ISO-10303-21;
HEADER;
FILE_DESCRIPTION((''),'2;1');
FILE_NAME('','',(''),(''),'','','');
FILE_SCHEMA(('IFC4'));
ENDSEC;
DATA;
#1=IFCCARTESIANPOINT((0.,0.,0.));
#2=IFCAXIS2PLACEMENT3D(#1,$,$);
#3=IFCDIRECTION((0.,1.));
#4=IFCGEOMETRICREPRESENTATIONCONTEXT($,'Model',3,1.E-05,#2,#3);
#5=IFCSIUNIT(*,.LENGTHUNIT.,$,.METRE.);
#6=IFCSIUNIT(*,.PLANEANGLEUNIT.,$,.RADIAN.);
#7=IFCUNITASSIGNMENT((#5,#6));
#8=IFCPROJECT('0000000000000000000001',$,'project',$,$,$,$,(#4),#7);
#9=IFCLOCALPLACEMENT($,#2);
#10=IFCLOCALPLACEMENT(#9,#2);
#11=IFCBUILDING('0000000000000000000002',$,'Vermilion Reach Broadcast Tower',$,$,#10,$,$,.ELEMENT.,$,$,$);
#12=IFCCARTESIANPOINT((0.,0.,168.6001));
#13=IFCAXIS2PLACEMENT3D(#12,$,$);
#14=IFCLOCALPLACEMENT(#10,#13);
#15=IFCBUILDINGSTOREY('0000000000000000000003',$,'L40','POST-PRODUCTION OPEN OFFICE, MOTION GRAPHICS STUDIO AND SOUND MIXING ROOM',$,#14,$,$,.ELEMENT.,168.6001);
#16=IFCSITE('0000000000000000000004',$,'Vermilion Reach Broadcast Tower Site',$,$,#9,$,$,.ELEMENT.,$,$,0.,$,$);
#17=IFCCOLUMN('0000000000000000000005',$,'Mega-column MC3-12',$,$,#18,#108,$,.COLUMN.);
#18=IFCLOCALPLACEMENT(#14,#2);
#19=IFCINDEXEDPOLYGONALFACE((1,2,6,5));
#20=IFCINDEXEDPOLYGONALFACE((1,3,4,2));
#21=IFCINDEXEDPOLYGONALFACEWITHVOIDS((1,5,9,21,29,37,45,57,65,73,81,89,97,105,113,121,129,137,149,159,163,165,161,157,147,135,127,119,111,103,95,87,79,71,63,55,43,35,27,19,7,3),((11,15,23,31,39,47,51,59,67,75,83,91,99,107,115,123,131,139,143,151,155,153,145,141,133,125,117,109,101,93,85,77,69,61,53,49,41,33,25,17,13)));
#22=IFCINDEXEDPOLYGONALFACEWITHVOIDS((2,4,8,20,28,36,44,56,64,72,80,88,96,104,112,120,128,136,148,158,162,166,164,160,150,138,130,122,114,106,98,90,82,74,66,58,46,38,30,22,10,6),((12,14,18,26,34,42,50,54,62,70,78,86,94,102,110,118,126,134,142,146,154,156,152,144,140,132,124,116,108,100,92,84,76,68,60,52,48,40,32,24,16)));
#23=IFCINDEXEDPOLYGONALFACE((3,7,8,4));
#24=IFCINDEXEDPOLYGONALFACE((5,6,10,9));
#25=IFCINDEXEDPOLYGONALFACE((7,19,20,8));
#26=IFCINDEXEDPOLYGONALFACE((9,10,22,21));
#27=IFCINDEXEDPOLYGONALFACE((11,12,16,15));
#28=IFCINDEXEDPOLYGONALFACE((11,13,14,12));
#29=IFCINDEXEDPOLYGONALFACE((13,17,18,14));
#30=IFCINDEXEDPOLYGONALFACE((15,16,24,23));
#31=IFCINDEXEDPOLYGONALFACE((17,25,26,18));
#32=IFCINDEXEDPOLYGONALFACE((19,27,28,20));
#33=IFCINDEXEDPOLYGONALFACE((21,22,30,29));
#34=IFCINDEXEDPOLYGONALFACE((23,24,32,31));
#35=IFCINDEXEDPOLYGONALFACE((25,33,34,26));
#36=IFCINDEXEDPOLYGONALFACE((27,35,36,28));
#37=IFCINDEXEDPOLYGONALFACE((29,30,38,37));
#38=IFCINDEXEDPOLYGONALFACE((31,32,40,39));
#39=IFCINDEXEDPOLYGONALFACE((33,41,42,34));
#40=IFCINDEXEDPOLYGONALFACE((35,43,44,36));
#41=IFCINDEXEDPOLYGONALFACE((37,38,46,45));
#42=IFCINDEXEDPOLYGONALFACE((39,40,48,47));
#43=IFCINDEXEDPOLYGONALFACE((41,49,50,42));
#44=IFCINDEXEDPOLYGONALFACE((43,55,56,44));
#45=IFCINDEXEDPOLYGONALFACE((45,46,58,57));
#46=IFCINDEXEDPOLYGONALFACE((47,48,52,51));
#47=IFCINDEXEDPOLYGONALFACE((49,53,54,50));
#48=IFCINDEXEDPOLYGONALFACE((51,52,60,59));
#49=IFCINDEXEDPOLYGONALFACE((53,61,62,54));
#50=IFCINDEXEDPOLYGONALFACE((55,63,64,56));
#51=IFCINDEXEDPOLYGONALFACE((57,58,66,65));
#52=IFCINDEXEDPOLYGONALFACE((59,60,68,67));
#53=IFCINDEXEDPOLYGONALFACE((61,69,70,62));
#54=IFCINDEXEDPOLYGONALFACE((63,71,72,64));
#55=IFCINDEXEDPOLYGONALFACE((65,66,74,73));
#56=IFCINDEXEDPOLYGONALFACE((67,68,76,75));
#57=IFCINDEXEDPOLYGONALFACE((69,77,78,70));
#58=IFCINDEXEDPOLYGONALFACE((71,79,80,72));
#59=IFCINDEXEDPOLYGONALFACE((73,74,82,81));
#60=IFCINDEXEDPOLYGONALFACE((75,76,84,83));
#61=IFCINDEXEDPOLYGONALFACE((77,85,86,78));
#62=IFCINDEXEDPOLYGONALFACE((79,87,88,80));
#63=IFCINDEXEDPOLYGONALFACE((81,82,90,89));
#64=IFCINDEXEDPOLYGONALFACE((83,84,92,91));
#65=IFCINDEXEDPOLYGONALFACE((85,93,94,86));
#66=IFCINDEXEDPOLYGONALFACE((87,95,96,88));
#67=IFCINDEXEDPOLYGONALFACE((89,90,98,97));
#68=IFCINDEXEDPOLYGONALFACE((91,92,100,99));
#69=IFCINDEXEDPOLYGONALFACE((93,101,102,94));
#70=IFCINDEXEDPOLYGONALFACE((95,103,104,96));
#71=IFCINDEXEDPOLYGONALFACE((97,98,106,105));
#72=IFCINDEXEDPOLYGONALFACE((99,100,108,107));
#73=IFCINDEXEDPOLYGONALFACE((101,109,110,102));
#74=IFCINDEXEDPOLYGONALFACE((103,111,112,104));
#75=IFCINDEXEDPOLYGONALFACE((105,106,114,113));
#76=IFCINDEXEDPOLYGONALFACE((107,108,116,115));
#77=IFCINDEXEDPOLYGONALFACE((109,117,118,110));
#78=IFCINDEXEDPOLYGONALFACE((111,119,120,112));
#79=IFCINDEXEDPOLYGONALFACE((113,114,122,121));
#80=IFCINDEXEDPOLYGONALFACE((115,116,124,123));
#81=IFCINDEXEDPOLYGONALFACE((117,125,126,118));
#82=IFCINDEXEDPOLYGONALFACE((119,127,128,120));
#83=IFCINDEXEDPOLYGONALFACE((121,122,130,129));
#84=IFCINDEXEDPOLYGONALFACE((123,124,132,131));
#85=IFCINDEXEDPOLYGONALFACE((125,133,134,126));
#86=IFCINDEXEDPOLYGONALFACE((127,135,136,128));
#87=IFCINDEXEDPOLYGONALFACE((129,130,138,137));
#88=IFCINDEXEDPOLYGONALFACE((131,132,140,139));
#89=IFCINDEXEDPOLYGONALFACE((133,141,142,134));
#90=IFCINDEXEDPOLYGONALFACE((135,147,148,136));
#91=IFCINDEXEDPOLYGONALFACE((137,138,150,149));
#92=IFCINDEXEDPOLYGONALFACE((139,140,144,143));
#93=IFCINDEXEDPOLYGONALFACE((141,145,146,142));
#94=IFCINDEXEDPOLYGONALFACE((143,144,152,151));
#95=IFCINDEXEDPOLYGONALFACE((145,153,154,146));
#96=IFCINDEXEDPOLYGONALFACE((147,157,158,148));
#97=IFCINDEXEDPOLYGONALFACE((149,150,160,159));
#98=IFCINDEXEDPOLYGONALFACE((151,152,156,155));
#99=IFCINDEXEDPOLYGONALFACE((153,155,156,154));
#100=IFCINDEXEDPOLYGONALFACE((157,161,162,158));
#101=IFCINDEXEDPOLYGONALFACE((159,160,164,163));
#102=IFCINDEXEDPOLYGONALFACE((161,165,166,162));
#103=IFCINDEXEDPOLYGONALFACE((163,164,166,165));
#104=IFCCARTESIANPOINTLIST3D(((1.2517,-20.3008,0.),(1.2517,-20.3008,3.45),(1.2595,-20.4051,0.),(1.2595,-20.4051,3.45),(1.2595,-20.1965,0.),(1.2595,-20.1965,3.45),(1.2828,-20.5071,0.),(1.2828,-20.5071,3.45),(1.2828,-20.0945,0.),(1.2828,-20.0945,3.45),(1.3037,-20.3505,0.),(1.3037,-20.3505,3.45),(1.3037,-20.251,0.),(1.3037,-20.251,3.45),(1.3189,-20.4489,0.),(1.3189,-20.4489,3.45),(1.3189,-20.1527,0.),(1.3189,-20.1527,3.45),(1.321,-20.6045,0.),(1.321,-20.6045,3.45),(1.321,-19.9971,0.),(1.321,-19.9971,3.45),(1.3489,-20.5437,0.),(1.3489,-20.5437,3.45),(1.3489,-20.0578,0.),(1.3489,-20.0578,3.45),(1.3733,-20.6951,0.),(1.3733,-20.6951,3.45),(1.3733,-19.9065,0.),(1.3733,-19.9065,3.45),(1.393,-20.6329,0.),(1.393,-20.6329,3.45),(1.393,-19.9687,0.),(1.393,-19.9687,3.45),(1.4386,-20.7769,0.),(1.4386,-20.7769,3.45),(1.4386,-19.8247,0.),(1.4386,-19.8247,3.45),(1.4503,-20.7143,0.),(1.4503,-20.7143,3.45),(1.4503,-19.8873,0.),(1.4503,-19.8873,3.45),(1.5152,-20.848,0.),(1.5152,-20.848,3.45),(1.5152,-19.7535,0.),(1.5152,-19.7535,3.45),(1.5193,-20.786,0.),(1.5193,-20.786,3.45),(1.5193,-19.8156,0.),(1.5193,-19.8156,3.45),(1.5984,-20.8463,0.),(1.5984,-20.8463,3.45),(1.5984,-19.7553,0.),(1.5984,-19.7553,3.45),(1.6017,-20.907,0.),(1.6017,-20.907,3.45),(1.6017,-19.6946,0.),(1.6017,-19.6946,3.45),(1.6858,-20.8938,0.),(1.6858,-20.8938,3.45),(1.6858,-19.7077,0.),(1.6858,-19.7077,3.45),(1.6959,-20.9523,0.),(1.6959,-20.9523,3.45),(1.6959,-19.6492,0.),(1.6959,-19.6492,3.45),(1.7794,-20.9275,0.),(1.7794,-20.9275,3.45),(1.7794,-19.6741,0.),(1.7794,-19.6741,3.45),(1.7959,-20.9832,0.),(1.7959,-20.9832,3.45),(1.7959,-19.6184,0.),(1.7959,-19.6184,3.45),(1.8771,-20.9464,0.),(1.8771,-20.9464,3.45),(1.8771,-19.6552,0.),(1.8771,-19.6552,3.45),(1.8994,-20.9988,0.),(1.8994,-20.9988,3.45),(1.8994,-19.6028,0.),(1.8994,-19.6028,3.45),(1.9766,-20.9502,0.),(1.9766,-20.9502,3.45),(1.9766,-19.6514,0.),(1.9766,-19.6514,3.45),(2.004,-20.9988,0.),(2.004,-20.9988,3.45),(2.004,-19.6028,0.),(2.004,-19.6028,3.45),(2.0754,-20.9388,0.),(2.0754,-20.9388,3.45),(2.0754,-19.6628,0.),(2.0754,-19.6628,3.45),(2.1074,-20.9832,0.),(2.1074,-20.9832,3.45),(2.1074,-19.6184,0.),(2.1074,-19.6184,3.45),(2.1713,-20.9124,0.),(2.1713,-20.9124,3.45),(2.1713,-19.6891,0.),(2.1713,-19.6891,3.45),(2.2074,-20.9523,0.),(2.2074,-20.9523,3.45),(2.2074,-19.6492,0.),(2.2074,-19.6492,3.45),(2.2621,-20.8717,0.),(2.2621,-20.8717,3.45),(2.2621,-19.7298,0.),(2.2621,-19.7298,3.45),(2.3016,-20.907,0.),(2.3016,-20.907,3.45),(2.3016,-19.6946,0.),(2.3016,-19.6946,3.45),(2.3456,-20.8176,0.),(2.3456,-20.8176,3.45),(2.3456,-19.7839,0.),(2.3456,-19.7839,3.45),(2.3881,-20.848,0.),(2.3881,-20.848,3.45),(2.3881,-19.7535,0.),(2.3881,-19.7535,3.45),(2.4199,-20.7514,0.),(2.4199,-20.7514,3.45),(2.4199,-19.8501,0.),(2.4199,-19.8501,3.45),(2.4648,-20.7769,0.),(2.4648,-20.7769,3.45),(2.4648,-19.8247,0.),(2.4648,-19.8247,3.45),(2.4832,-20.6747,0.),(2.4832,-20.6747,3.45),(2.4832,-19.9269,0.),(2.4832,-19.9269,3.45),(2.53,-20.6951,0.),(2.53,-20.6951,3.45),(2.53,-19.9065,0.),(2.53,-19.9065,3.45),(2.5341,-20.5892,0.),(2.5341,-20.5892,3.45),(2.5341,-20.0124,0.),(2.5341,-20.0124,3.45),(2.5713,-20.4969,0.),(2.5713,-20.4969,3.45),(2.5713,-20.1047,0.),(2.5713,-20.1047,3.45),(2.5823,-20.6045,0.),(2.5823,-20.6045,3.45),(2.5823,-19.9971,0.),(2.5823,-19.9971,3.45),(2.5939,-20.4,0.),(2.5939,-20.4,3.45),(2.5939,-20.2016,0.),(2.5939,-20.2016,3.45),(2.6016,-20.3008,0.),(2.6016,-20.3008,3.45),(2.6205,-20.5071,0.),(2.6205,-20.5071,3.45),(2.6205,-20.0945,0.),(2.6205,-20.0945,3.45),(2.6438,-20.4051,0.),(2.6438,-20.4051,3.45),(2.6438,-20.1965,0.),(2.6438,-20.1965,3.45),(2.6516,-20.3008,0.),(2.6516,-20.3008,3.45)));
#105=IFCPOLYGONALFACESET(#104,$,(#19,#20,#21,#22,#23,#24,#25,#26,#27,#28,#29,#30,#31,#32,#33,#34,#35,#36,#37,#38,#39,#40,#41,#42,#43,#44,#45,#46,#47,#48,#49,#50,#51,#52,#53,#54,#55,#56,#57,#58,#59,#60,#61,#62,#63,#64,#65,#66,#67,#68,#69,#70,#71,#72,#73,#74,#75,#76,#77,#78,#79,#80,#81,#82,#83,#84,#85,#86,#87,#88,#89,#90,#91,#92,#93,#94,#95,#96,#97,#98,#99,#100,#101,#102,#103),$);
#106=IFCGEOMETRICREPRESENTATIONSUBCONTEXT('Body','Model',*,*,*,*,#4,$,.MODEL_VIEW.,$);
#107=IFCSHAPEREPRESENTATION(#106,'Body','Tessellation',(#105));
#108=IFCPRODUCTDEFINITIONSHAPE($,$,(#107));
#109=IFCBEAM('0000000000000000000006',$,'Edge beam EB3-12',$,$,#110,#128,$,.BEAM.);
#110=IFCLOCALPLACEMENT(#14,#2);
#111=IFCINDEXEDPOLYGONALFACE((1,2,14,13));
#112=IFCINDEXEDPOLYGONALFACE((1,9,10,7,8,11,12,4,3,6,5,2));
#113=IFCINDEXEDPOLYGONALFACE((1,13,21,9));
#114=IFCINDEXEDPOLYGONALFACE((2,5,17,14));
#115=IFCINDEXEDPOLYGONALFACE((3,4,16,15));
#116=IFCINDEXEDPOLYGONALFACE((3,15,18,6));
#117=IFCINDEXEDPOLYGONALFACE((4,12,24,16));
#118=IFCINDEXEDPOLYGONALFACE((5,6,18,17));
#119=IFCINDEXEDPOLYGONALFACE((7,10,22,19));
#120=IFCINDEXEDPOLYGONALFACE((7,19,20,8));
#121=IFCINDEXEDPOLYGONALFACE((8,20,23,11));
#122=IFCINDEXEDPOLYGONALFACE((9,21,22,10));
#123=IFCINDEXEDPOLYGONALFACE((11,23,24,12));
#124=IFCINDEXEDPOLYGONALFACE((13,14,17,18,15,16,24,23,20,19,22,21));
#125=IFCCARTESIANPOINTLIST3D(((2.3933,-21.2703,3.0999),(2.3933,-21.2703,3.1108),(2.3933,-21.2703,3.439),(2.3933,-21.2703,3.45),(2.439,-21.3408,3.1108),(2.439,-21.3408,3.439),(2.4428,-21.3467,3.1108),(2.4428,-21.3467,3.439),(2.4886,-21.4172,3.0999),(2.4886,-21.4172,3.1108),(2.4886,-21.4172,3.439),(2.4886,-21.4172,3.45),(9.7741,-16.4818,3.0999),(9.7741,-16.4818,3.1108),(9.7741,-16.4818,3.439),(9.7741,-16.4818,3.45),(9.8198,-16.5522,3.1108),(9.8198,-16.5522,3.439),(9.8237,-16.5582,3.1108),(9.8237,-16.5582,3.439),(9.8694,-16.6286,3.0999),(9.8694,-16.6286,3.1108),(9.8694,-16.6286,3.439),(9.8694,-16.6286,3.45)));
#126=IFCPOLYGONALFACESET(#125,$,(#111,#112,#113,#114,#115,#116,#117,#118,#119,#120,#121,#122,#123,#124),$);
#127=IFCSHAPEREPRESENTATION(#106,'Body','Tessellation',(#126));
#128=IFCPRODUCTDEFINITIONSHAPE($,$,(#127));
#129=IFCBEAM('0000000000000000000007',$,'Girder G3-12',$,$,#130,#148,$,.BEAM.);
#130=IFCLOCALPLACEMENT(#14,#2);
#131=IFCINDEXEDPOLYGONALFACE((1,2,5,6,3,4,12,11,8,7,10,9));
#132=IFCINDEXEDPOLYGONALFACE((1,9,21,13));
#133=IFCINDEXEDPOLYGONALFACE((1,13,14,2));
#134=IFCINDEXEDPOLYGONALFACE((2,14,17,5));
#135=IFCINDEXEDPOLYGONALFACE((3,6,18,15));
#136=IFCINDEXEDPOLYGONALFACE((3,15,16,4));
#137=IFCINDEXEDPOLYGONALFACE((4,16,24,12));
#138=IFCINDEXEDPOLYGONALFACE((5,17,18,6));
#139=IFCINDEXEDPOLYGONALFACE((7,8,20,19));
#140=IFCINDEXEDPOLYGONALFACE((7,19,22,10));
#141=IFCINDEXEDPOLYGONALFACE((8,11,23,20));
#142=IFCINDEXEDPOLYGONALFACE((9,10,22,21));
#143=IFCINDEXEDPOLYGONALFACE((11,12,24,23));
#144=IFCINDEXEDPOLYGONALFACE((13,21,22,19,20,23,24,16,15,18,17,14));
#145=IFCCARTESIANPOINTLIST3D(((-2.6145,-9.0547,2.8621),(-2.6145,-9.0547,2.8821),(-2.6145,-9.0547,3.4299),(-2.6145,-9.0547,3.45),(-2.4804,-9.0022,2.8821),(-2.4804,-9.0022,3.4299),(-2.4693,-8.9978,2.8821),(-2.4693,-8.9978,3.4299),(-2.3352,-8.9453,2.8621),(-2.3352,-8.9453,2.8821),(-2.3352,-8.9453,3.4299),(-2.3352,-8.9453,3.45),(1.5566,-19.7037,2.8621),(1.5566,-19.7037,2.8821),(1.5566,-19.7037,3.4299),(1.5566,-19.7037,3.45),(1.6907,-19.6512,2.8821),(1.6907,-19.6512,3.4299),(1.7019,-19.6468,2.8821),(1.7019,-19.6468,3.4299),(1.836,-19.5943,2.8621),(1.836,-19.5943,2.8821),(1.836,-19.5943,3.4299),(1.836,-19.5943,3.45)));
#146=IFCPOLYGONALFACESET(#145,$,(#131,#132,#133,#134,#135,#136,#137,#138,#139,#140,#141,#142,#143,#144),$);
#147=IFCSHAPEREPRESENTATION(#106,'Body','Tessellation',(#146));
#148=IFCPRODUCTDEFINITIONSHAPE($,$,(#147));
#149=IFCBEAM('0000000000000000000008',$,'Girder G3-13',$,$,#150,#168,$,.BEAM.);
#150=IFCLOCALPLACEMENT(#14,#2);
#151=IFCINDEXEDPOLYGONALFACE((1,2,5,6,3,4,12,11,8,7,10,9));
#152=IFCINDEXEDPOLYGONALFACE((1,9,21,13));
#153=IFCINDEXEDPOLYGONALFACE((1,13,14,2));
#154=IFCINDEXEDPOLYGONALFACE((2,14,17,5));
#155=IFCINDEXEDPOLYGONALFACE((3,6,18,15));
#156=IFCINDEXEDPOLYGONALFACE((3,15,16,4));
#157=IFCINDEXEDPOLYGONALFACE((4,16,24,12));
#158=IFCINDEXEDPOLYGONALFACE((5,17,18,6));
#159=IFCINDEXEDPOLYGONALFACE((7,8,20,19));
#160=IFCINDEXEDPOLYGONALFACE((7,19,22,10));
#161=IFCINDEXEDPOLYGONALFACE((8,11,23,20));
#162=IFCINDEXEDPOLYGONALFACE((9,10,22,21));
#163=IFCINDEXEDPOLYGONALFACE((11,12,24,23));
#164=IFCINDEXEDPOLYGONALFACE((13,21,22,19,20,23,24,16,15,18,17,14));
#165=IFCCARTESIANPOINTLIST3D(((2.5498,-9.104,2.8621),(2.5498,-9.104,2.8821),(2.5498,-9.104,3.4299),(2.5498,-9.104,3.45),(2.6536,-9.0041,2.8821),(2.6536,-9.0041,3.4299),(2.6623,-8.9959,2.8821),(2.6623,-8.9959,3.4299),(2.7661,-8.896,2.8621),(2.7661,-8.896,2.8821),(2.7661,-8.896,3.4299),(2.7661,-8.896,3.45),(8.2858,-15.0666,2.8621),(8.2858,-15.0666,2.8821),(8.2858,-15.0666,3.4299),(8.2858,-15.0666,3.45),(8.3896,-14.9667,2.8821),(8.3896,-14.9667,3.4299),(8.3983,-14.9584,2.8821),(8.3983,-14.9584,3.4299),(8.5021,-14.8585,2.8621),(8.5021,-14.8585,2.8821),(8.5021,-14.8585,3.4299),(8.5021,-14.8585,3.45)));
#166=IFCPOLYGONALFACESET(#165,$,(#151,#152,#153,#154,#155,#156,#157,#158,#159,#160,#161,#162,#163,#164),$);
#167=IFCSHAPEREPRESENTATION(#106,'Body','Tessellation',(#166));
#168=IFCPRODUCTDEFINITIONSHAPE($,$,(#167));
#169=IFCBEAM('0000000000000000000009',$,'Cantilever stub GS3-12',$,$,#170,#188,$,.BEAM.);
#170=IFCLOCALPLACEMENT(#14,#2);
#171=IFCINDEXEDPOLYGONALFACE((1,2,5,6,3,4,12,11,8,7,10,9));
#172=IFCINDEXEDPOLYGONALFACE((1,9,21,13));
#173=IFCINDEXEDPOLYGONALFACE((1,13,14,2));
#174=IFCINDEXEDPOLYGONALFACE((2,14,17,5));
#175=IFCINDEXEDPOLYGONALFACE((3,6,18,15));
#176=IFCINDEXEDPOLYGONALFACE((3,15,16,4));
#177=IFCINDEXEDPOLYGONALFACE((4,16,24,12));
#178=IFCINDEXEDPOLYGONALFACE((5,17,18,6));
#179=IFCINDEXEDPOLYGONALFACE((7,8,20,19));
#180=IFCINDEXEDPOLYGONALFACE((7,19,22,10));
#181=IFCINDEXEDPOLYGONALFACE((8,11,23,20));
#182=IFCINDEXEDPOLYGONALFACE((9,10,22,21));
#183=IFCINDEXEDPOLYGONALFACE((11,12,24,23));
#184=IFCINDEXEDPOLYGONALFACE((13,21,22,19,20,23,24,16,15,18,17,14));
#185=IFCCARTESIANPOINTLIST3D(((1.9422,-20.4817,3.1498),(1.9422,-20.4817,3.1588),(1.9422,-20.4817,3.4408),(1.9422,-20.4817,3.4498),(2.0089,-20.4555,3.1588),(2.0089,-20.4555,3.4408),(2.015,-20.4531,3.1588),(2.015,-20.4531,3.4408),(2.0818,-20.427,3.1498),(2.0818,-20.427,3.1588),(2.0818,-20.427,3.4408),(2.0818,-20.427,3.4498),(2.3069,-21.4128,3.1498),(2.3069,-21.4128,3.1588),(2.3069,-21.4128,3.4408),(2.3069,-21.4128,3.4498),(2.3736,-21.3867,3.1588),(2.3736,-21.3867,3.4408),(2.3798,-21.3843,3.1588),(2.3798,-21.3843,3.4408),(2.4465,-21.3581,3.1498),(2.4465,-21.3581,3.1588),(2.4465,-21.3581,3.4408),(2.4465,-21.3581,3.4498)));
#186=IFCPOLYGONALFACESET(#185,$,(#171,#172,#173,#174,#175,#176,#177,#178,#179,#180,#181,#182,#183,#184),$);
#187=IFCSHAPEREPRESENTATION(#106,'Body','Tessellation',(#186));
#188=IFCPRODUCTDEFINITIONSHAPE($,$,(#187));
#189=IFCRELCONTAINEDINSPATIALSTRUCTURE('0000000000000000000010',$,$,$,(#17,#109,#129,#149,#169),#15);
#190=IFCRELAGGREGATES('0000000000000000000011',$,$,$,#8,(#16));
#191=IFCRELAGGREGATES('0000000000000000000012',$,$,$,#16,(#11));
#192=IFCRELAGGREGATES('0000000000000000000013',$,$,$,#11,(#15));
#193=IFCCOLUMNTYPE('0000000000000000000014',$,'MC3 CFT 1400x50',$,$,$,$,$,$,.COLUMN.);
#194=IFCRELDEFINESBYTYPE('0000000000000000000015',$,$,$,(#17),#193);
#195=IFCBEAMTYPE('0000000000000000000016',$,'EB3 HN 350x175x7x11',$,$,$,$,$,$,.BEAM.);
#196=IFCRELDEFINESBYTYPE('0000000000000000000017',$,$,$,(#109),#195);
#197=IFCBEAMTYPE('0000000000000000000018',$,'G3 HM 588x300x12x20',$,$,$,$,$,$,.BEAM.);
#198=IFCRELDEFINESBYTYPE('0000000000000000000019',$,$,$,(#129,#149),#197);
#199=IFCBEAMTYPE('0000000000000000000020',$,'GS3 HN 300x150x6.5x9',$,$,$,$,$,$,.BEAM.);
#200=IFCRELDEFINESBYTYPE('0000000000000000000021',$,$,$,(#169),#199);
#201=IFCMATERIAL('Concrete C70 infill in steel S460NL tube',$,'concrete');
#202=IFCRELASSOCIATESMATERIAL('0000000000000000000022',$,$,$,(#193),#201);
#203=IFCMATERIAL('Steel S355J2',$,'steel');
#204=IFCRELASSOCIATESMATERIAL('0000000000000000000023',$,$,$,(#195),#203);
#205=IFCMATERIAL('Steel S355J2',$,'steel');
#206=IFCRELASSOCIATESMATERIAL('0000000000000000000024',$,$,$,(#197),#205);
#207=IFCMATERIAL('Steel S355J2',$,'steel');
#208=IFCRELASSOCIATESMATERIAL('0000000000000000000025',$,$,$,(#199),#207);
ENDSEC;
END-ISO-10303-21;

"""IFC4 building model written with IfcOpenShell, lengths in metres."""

from ifc_helpers import new_model, si_unit, direction, frame, origin, origin_2d, place, context, subcontext, project, spatial, hollow_circle, i_section, extrude, material, material_profile, profile_set, type_object, element, save


model = new_model("IFC4")

# Units and contexts
model_context = context("Model", 3, precision=1e-05, world=origin(), true_north=direction((0.0, 1.0)))
body_context = subcontext(model_context, "Body", "Model", "MODEL_VIEW")
ifc_project = project(units=[si_unit("LENGTHUNIT", "METRE"), si_unit("PLANEANGLEUNIT", "RADIAN")], contexts=[model_context])

# Site, building, storey
site_placement = place(None, origin())
site = spatial("IfcSite", under=ifc_project, at=site_placement, Name="Vermilion Reach Broadcast Tower Site", CompositionType="ELEMENT", RefElevation=0.0)
building_placement = place(site_placement, origin())
building = spatial("IfcBuilding", under=site, at=building_placement, Name="Vermilion Reach Broadcast Tower", CompositionType="ELEMENT")
storey_placement = place(building_placement, frame((0.0, 0.0, 168.6001)))
storey = spatial("IfcBuildingStorey", under=building, at=storey_placement, Name="L40", Description="POST-PRODUCTION OPEN OFFICE, MOTION GRAPHICS STUDIO AND SOUND MIXING ROOM", CompositionType="ELEMENT", Elevation=168.6001)

# Column
ifc_material_1 = material(Name="Concrete C70 infill in steel S460NL tube", Category="concrete")
ifc_material_profile_1 = material_profile(ifc_material_1, hollow_circle(Radius=0.7, WallThickness=0.05, at=origin_2d()), Name="Concrete C70 infill in steel S460NL tube CFT 1400x50")
ifc_profile_set_1 = profile_set([ifc_material_profile_1], Name="Concrete C70 infill in steel S460NL tube")
column_type = type_object("IfcColumnType", Name="MC3 CFT 1400x50", PredefinedType="COLUMN", material=ifc_profile_set_1)
column_placement = place(storey_placement, frame((1.9517, -20.3008, 0.0), z_axis=(0.0, 0.0, 1.0), x_axis=(1.0, 0.0, 0.0)))
element("IfcColumn", 1, at=column_placement, inside=storey, type_object=column_type, Name="Mega-column MC3-12", PredefinedType="COLUMN", context=body_context, shape_type="SweptSolid", body=[
    extrude(hollow_circle(Radius=0.7, WallThickness=0.05, at=origin_2d()), origin(), (0.0, 0.0, 1.0), 3.45),
])

# Beams
ifc_material_2 = material(Name="Steel S355J2", Category="steel")
ifc_material_profile_2 = material_profile(ifc_material_2, i_section(OverallWidth=0.175, OverallDepth=0.3501, WebThickness=0.0071, FlangeThickness=0.011, at=origin_2d()), Name="S355J2 HN 350x175x7x11")
ifc_profile_set_2 = profile_set([ifc_material_profile_2], Name="Steel S355J2")
beam_type_1 = type_object("IfcBeamType", Name="EB3 HN 350x175x7x11", PredefinedType="BEAM", material=ifc_profile_set_2)
beam_1_placement = place(storey_placement, frame((2.4409, -21.3438, 3.2749), z_axis=(0.83891, 0.54427, 0.0), x_axis=(-0.54427, 0.83891, 0.0)))
element("IfcBeam", 2, at=beam_1_placement, inside=storey, type_object=beam_type_1, Name="Edge beam EB3-12", PredefinedType="BEAM", context=body_context, shape_type="SweptSolid", body=[
    extrude(i_section(OverallWidth=0.175, OverallDepth=0.3501, WebThickness=0.0071, FlangeThickness=0.011, at=origin_2d()), origin(), (0.0, 0.0, 1.0), 8.7981),
])
ifc_material_3 = material(Name="Steel S355J2", Category="steel")
ifc_material_profile_3 = material_profile(ifc_material_3, i_section(OverallWidth=0.3, OverallDepth=0.5879, WebThickness=0.012, FlangeThickness=0.02, at=origin_2d()), Name="S355J2 HM 588x300x12x20")
ifc_profile_set_3 = profile_set([ifc_material_profile_3], Name="Steel S355J2")
beam_type_2 = type_object("IfcBeamType", Name="G3 HM 588x300x12x20", PredefinedType="BEAM", material=ifc_profile_set_3)
beam_2_placement = place(storey_placement, frame((-2.4749, -9.0, 3.156), z_axis=(0.364716, -0.931119, 0.0), x_axis=(0.931119, 0.364716, 0.0)))
element("IfcBeam", 3, at=beam_2_placement, inside=storey, type_object=beam_type_2, Name="Girder G3-12", PredefinedType="BEAM", context=body_context, shape_type="SweptSolid", body=[
    extrude(i_section(OverallWidth=0.3, OverallDepth=0.5879, WebThickness=0.012, FlangeThickness=0.02, at=origin_2d()), origin(), (0.0, 0.0, 1.0), 11.4368),
])
beam_3_placement = place(storey_placement, frame((2.658, -9.0, 3.156), z_axis=(0.693283, -0.720666, 0.0), x_axis=(0.720666, 0.693283, 0.0)))
element("IfcBeam", 4, at=beam_3_placement, inside=storey, type_object=beam_type_2, Name="Girder G3-13", PredefinedType="BEAM", context=body_context, shape_type="SweptSolid", body=[
    extrude(i_section(OverallWidth=0.3, OverallDepth=0.5879, WebThickness=0.012, FlangeThickness=0.02, at=origin_2d()), origin(), (0.0, 0.0, 1.0), 8.2737),
])
ifc_material_4 = material(Name="Steel S355J2", Category="steel")
ifc_material_profile_4 = material_profile(ifc_material_4, i_section(OverallWidth=0.1499, OverallDepth=0.3, WebThickness=0.0066, FlangeThickness=0.009, at=origin_2d()), Name="S355J2 HN 300x150x6.5x9")
ifc_profile_set_4 = profile_set([ifc_material_profile_4], Name="Steel S355J2")
beam_type_3 = type_object("IfcBeamType", Name="GS3 HN 300x150x6.5x9", PredefinedType="BEAM", material=ifc_profile_set_4)
beam_4_placement = place(storey_placement, frame((2.012, -20.4543, 3.2998), z_axis=(0.364731, -0.931113, 0.0), x_axis=(0.931113, 0.364731, 0.0)))
element("IfcBeam", 5, at=beam_4_placement, inside=storey, type_object=beam_type_3, Name="Cantilever stub GS3-12", PredefinedType="BEAM", context=body_context, shape_type="SweptSolid", body=[
    extrude(i_section(OverallWidth=0.1499, OverallDepth=0.3, WebThickness=0.0066, FlangeThickness=0.009, at=origin_2d()), origin(), (0.0, 0.0, 1.0), 1.0),
])

save(model, "model.ifc")
